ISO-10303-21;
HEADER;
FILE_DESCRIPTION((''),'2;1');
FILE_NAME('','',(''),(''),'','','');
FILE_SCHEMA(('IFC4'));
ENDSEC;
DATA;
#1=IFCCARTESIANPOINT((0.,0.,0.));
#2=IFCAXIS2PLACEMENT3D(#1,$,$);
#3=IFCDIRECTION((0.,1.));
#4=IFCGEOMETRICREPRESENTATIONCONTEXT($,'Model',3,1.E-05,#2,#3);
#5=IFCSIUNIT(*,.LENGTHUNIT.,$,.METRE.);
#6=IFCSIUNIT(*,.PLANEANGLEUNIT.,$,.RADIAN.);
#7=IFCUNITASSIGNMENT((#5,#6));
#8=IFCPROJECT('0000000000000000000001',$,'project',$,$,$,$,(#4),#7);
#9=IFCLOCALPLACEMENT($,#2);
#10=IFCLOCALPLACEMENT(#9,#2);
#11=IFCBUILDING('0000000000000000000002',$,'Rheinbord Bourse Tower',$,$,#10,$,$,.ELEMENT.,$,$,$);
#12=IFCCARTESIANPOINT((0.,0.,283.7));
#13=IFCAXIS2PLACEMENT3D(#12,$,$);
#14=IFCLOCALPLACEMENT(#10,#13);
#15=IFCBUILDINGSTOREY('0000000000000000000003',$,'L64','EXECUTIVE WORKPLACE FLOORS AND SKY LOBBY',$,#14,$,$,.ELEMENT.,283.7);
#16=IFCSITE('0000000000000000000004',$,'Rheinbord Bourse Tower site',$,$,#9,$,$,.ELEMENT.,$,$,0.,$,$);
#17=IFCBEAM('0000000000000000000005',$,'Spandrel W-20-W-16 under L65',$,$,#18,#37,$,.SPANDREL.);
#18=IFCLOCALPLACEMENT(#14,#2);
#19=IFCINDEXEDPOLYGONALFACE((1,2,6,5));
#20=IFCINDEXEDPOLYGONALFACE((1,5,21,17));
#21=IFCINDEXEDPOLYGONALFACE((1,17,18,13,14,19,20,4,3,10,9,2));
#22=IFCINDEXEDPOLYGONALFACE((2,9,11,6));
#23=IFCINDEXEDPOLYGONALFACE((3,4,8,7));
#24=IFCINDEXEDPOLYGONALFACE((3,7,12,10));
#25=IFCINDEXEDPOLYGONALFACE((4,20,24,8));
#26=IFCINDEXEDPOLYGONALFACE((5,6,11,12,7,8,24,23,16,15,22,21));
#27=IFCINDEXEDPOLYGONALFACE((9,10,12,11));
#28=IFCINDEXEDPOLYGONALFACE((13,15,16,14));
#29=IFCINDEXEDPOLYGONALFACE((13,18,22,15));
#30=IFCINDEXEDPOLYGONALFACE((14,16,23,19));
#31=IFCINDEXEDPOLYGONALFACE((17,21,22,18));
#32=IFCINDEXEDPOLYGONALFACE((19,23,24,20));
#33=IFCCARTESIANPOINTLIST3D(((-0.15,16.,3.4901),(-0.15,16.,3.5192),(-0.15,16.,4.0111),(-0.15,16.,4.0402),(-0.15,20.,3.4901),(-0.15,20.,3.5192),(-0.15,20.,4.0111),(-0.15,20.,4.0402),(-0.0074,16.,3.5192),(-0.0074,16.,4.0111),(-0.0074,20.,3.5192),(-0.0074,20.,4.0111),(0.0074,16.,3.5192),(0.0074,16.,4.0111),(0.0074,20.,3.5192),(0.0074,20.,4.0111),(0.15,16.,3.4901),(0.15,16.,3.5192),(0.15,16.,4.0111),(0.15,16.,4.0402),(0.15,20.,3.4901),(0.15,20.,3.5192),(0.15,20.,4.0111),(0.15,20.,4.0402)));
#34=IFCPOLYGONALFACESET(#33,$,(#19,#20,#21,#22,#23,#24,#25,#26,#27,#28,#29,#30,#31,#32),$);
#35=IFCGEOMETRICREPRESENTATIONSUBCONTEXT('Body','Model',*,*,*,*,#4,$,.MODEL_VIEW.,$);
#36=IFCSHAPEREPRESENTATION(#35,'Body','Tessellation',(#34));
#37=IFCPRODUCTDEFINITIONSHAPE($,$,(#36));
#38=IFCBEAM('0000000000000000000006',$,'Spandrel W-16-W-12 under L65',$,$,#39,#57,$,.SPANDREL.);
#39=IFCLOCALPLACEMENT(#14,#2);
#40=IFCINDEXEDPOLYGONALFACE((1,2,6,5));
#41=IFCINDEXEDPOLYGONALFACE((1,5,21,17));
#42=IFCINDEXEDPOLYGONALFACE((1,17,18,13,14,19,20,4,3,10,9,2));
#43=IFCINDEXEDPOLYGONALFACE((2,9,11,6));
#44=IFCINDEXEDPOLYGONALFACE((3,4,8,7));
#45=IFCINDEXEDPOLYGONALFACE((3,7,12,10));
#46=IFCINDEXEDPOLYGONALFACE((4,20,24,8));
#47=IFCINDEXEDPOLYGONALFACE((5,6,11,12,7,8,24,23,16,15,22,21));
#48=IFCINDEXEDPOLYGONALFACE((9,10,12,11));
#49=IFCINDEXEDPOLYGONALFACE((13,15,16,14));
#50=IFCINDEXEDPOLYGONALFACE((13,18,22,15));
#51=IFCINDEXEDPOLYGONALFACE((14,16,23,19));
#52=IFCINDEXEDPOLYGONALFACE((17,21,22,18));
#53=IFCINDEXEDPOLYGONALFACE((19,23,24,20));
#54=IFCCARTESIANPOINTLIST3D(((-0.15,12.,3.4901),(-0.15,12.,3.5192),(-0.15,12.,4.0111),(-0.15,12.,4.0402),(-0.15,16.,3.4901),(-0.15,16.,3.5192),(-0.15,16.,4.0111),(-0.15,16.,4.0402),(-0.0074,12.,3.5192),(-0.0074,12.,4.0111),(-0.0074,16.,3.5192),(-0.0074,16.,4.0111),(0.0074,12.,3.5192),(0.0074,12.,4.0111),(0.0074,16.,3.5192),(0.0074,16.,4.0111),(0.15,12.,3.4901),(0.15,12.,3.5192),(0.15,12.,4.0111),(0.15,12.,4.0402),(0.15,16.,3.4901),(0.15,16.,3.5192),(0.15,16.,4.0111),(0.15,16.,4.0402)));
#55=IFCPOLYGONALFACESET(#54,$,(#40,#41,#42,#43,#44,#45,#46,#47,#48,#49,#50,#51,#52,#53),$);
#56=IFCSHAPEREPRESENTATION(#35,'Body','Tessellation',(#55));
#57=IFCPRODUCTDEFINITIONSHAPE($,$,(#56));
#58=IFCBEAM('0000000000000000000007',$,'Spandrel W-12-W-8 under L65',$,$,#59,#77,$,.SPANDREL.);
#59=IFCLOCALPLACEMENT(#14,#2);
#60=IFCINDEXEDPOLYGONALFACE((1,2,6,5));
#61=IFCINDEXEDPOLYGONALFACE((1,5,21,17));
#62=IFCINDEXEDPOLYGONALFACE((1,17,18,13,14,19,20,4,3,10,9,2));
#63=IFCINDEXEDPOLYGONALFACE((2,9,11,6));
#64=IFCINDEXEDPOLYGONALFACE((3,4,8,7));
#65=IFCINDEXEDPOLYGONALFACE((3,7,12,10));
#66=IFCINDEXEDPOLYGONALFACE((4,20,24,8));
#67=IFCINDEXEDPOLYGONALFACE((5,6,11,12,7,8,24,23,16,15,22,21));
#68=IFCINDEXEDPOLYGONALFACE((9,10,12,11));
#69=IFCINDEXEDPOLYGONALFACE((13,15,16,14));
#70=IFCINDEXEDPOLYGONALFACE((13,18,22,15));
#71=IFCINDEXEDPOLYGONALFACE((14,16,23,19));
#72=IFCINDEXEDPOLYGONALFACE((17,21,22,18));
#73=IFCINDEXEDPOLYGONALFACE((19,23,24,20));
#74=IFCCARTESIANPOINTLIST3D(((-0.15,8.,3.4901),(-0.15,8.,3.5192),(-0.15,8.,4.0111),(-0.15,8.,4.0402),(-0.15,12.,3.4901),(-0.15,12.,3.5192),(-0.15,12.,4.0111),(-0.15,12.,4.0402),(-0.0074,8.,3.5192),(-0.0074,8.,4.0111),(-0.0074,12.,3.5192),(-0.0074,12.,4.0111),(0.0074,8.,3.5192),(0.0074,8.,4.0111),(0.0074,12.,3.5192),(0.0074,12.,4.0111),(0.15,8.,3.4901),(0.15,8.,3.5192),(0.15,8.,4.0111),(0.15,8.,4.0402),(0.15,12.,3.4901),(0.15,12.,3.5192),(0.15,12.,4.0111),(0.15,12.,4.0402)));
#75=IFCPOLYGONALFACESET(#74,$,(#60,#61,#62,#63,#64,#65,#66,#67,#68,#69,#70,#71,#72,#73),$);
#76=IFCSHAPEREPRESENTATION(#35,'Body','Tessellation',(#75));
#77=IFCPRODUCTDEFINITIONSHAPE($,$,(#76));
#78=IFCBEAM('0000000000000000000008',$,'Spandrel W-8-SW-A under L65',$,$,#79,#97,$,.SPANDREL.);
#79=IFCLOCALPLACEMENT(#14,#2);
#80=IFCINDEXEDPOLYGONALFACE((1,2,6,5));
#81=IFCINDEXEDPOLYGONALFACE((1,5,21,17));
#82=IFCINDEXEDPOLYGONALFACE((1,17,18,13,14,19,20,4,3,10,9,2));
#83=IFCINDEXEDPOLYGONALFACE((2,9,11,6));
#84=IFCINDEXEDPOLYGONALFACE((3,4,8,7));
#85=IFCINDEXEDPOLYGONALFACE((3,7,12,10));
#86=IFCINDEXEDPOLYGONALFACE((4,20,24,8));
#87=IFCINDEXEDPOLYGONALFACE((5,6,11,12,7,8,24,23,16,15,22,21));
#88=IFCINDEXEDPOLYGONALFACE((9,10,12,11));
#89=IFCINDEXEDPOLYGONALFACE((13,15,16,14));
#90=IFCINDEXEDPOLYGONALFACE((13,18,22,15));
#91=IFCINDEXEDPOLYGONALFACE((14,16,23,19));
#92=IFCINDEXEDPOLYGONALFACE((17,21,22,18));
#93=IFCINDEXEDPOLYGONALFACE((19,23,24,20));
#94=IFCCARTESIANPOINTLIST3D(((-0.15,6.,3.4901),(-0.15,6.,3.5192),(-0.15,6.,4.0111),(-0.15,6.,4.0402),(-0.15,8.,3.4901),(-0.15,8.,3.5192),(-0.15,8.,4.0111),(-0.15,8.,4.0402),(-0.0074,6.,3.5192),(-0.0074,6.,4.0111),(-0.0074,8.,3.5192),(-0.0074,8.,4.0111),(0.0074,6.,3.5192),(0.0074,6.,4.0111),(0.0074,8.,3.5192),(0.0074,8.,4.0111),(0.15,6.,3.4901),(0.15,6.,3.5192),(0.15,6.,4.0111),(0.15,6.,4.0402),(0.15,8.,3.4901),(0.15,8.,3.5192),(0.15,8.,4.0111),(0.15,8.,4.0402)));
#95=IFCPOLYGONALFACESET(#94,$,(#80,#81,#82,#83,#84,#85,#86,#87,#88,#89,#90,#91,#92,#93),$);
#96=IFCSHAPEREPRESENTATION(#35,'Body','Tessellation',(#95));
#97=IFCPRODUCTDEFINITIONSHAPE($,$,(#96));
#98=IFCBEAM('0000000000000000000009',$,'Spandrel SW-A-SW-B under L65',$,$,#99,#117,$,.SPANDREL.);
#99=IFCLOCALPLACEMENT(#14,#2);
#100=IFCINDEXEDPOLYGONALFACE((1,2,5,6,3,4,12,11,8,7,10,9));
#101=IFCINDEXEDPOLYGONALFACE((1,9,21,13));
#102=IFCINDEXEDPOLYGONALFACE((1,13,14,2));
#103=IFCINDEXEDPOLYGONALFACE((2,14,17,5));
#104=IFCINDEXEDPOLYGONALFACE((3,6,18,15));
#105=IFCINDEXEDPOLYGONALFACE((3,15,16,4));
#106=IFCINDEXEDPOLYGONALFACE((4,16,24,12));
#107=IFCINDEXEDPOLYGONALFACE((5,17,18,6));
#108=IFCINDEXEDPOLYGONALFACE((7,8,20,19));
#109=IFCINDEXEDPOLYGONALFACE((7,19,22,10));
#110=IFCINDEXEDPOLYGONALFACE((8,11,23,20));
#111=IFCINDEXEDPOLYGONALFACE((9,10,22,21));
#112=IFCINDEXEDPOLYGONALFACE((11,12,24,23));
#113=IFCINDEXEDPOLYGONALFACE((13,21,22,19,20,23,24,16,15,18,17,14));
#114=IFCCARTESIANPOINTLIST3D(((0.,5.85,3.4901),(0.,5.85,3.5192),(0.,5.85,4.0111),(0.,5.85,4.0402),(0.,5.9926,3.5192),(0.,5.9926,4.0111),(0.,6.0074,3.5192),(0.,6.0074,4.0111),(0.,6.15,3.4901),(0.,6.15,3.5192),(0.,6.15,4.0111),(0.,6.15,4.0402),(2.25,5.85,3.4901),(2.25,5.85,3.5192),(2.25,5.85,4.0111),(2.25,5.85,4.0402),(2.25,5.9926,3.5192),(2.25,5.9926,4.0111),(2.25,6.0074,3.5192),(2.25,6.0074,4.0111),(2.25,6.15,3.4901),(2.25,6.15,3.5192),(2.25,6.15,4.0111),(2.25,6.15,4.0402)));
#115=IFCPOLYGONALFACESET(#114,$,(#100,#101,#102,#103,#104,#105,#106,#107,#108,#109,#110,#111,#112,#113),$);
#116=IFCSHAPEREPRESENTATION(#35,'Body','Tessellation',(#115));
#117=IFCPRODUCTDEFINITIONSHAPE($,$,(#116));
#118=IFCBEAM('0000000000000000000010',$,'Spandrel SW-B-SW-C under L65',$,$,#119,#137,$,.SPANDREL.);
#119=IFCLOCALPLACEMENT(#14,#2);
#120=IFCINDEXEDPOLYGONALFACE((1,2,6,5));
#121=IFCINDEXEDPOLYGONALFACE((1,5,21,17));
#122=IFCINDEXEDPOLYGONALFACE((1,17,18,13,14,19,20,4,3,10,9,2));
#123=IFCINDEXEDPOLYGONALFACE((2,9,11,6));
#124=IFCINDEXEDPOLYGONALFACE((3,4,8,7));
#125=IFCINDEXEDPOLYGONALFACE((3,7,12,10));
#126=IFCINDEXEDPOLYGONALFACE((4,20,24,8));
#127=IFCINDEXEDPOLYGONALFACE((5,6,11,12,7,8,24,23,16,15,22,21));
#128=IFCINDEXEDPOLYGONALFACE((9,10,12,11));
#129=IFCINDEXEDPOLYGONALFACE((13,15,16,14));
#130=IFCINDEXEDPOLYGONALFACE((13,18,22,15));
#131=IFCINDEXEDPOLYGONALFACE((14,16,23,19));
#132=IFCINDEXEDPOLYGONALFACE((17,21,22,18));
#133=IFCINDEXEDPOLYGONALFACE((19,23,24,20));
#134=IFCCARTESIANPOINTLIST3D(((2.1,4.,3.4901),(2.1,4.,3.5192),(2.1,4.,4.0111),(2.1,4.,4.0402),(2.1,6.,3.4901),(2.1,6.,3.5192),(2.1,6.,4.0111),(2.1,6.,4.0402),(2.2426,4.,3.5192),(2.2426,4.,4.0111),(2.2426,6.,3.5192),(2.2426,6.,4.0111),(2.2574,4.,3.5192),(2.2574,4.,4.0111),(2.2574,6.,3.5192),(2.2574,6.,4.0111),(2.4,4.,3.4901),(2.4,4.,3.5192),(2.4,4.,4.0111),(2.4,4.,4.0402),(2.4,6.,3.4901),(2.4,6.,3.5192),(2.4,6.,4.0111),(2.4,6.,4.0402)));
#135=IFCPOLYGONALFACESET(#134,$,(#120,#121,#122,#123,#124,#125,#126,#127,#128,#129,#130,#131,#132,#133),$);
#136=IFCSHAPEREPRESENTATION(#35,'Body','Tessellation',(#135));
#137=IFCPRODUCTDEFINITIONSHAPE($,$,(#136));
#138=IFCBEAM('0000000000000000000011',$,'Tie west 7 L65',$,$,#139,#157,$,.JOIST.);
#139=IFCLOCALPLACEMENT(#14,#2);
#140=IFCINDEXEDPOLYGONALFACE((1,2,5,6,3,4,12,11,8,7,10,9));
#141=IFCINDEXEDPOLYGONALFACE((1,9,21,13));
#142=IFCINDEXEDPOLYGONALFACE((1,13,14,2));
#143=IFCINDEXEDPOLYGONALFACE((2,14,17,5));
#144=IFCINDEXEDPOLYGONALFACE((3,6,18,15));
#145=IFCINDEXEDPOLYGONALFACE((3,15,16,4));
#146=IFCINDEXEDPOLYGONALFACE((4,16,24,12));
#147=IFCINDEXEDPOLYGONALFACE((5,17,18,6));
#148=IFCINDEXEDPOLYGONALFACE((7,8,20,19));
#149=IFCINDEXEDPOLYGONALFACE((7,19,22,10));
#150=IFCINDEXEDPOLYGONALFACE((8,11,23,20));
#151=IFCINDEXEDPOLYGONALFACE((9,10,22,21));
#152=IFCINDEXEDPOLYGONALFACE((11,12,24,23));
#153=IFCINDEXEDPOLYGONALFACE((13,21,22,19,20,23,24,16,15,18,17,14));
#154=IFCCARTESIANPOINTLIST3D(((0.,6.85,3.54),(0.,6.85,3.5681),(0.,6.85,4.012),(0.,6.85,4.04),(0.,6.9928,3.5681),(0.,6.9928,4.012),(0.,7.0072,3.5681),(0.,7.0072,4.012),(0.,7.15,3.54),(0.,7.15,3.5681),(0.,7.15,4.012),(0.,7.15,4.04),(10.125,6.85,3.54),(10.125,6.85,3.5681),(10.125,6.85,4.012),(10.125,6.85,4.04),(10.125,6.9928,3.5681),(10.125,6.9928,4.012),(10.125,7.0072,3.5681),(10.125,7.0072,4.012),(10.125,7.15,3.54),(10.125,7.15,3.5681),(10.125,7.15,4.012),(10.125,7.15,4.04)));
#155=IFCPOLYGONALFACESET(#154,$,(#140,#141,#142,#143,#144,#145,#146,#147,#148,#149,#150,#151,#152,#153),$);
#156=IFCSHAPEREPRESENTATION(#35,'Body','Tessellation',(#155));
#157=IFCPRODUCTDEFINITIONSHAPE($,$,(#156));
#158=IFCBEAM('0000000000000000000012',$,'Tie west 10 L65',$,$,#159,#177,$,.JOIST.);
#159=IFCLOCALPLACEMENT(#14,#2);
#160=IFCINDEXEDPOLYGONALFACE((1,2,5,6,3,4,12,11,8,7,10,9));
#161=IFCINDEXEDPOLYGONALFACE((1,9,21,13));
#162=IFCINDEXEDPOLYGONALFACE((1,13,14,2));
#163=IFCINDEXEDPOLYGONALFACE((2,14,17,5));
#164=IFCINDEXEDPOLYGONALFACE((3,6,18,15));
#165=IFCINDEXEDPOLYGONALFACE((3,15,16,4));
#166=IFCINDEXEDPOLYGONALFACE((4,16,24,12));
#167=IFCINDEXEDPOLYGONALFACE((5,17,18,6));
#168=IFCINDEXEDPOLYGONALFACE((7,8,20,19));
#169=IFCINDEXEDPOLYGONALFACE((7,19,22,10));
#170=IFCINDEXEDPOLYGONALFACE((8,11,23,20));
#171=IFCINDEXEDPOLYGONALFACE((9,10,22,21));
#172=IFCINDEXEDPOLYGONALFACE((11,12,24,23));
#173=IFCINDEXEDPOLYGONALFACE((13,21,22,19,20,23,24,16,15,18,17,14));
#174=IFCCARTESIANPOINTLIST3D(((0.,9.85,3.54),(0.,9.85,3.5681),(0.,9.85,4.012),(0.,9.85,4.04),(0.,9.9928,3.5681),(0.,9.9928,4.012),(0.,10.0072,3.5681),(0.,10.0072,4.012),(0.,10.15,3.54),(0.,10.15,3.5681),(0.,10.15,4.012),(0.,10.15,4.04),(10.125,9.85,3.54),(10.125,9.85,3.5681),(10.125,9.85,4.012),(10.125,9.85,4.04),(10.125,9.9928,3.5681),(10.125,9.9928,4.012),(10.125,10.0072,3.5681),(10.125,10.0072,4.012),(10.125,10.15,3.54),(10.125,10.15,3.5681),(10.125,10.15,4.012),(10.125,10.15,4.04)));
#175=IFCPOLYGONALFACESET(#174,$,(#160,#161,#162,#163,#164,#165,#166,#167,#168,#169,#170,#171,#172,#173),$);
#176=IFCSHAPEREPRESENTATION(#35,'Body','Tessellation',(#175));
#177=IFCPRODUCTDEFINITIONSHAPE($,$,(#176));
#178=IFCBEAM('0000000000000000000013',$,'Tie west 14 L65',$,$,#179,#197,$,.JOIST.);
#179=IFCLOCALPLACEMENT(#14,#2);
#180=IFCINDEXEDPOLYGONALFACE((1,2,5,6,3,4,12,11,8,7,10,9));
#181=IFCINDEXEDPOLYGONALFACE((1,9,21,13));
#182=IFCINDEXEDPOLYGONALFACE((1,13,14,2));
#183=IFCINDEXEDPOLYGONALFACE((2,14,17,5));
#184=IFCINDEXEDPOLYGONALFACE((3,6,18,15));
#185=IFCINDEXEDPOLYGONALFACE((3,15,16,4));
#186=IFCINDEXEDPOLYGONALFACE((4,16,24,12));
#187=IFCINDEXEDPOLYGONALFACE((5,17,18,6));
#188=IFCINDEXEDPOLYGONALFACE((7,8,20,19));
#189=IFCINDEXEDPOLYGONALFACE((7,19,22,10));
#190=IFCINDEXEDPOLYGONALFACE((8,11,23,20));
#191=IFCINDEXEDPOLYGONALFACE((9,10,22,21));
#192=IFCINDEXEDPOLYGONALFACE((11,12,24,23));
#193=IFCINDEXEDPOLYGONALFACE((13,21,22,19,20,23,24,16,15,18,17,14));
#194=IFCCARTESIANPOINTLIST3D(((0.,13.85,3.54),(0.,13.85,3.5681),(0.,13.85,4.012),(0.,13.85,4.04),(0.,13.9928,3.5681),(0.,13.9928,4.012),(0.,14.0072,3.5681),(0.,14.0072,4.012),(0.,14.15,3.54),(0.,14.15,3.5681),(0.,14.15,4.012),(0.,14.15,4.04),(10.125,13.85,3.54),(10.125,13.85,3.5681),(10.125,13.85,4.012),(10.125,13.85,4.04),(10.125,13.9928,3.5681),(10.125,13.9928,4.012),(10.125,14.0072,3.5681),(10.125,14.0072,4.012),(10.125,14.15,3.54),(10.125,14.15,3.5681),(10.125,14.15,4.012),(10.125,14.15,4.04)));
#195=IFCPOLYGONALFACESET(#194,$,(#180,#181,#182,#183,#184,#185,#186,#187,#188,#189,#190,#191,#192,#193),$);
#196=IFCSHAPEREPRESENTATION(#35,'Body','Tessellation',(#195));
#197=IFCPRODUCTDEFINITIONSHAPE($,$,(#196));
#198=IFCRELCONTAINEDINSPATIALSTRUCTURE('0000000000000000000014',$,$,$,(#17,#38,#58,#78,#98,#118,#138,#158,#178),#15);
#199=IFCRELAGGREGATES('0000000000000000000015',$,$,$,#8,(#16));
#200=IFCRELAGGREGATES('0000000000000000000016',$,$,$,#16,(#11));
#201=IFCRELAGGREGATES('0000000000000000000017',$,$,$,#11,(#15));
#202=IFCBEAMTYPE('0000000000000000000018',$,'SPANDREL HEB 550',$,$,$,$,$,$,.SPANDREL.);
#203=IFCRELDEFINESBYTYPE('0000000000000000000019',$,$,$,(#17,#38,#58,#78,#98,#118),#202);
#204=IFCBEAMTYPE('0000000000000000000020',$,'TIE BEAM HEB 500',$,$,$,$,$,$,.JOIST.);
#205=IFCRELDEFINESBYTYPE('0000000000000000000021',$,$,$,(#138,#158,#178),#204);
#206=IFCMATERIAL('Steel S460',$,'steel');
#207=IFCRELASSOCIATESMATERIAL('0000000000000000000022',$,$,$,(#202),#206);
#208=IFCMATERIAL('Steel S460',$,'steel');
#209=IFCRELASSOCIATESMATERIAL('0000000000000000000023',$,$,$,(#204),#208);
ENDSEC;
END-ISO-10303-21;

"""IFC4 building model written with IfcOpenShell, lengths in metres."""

from ifc_helpers import new_model, si_unit, direction, frame, origin, origin_2d, place, context, subcontext, project, spatial, i_section, extrude, material, material_profile, profile_set, type_object, element, save


model = new_model("IFC4")

# Units and contexts
model_context = context("Model", 3, precision=1e-05, world=origin(), true_north=direction((0.0, 1.0)))
body_context = subcontext(model_context, "Body", "Model", "MODEL_VIEW")
ifc_project = project(units=[si_unit("LENGTHUNIT", "METRE"), si_unit("PLANEANGLEUNIT", "RADIAN")], contexts=[model_context])

# Site, building, storey
site_placement = place(None, origin())
site = spatial("IfcSite", under=ifc_project, at=site_placement, Name="Rheinbord Bourse Tower site", CompositionType="ELEMENT", RefElevation=0.0)
building_placement = place(site_placement, origin())
building = spatial("IfcBuilding", under=site, at=building_placement, Name="Rheinbord Bourse Tower", CompositionType="ELEMENT")
storey_placement = place(building_placement, frame((0.0, 0.0, 283.7)))
storey = spatial("IfcBuildingStorey", under=building, at=storey_placement, Name="L64", Description="EXECUTIVE WORKPLACE FLOORS AND SKY LOBBY", CompositionType="ELEMENT", Elevation=283.7)

# Beams
ifc_material_1 = material(Name="Steel S460", Category="steel")
ifc_material_profile_1 = material_profile(ifc_material_1, i_section(OverallWidth=0.3, OverallDepth=0.55, WebThickness=0.0149, FlangeThickness=0.0291, at=origin_2d()), Name="HEB 550")
ifc_profile_set_1 = profile_set([ifc_material_profile_1], Name="Steel S460")
beam_type_1 = type_object("IfcBeamType", Name="SPANDREL HEB 550", PredefinedType="SPANDREL", material=ifc_profile_set_1)
for number, where, z_axis, x_axis, name in (
    (1, (0.0, 20.0, 3.7651), (0.0, -1.0, 0.0), (1.0, 0.0, 0.0), "Spandrel W-20-W-16 under L65"),
    (2, (0.0, 16.0, 3.7651), (0.0, -1.0, 0.0), (1.0, 0.0, 0.0), "Spandrel W-16-W-12 under L65"),
    (3, (0.0, 12.0, 3.7651), (0.0, -1.0, 0.0), (1.0, 0.0, 0.0), "Spandrel W-12-W-8 under L65"),
):
    element("IfcBeam", number, at=place(storey_placement, frame(where, z_axis=z_axis, x_axis=x_axis)), inside=storey, type_object=beam_type_1, Name=name, PredefinedType="SPANDREL", context=body_context, shape_type="SweptSolid", body=[
        extrude(i_section(OverallWidth=0.3, OverallDepth=0.55, WebThickness=0.0149, FlangeThickness=0.0291, at=origin_2d()), origin(), (0.0, 0.0, 1.0), 4.0),
    ])
beam_1_placement = place(storey_placement, frame((0.0, 8.0, 3.7651), z_axis=(0.0, -1.0, 0.0), x_axis=(1.0, 0.0, 0.0)))
element("IfcBeam", 4, at=beam_1_placement, inside=storey, type_object=beam_type_1, Name="Spandrel W-8-SW-A under L65", PredefinedType="SPANDREL", context=body_context, shape_type="SweptSolid", body=[
    extrude(i_section(OverallWidth=0.3, OverallDepth=0.55, WebThickness=0.0149, FlangeThickness=0.0291, at=origin_2d()), origin(), (0.0, 0.0, 1.0), 2.0),
])
beam_2_placement = place(storey_placement, frame((0.0, 6.0, 3.7651), z_axis=(1.0, 0.0, 0.0), x_axis=(0.0, 1.0, 0.0)))
element("IfcBeam", 5, at=beam_2_placement, inside=storey, type_object=beam_type_1, Name="Spandrel SW-A-SW-B under L65", PredefinedType="SPANDREL", context=body_context, shape_type="SweptSolid", body=[
    extrude(i_section(OverallWidth=0.3, OverallDepth=0.55, WebThickness=0.0149, FlangeThickness=0.0291, at=origin_2d()), origin(), (0.0, 0.0, 1.0), 2.25),
])
beam_3_placement = place(storey_placement, frame((2.25, 6.0, 3.7651), z_axis=(0.0, -1.0, 0.0), x_axis=(1.0, 0.0, 0.0)))
element("IfcBeam", 6, at=beam_3_placement, inside=storey, type_object=beam_type_1, Name="Spandrel SW-B-SW-C under L65", PredefinedType="SPANDREL", context=body_context, shape_type="SweptSolid", body=[
    extrude(i_section(OverallWidth=0.3, OverallDepth=0.55, WebThickness=0.0149, FlangeThickness=0.0291, at=origin_2d()), origin(), (0.0, 0.0, 1.0), 2.0),
])
ifc_material_2 = material(Name="Steel S460", Category="steel")
ifc_material_profile_2 = material_profile(ifc_material_2, i_section(OverallWidth=0.3, OverallDepth=0.5, WebThickness=0.0144, FlangeThickness=0.0281, at=origin_2d()), Name="HEB 500")
ifc_profile_set_2 = profile_set([ifc_material_profile_2], Name="Steel S460")
beam_type_2 = type_object("IfcBeamType", Name="TIE BEAM HEB 500", PredefinedType="JOIST", material=ifc_profile_set_2)
for number, where, z_axis, x_axis, name in (
    (7, (0.0, 7.0, 3.79), (1.0, 0.0, 0.0), (0.0, 1.0, 0.0), "Tie west 7 L65"),
    (8, (0.0, 10.0, 3.79), (1.0, 0.0, 0.0), (0.0, 1.0, 0.0), "Tie west 10 L65"),
    (9, (0.0, 14.0, 3.79), (1.0, 0.0, 0.0), (0.0, 1.0, 0.0), "Tie west 14 L65"),
):
    element("IfcBeam", number, at=place(storey_placement, frame(where, z_axis=z_axis, x_axis=x_axis)), inside=storey, type_object=beam_type_2, Name=name, PredefinedType="JOIST", context=body_context, shape_type="SweptSolid", body=[
        extrude(i_section(OverallWidth=0.3, OverallDepth=0.5, WebThickness=0.0144, FlangeThickness=0.0281, at=origin_2d()), origin(), (0.0, 0.0, 1.0), 10.125),
    ])

save(model, "model.ifc")
